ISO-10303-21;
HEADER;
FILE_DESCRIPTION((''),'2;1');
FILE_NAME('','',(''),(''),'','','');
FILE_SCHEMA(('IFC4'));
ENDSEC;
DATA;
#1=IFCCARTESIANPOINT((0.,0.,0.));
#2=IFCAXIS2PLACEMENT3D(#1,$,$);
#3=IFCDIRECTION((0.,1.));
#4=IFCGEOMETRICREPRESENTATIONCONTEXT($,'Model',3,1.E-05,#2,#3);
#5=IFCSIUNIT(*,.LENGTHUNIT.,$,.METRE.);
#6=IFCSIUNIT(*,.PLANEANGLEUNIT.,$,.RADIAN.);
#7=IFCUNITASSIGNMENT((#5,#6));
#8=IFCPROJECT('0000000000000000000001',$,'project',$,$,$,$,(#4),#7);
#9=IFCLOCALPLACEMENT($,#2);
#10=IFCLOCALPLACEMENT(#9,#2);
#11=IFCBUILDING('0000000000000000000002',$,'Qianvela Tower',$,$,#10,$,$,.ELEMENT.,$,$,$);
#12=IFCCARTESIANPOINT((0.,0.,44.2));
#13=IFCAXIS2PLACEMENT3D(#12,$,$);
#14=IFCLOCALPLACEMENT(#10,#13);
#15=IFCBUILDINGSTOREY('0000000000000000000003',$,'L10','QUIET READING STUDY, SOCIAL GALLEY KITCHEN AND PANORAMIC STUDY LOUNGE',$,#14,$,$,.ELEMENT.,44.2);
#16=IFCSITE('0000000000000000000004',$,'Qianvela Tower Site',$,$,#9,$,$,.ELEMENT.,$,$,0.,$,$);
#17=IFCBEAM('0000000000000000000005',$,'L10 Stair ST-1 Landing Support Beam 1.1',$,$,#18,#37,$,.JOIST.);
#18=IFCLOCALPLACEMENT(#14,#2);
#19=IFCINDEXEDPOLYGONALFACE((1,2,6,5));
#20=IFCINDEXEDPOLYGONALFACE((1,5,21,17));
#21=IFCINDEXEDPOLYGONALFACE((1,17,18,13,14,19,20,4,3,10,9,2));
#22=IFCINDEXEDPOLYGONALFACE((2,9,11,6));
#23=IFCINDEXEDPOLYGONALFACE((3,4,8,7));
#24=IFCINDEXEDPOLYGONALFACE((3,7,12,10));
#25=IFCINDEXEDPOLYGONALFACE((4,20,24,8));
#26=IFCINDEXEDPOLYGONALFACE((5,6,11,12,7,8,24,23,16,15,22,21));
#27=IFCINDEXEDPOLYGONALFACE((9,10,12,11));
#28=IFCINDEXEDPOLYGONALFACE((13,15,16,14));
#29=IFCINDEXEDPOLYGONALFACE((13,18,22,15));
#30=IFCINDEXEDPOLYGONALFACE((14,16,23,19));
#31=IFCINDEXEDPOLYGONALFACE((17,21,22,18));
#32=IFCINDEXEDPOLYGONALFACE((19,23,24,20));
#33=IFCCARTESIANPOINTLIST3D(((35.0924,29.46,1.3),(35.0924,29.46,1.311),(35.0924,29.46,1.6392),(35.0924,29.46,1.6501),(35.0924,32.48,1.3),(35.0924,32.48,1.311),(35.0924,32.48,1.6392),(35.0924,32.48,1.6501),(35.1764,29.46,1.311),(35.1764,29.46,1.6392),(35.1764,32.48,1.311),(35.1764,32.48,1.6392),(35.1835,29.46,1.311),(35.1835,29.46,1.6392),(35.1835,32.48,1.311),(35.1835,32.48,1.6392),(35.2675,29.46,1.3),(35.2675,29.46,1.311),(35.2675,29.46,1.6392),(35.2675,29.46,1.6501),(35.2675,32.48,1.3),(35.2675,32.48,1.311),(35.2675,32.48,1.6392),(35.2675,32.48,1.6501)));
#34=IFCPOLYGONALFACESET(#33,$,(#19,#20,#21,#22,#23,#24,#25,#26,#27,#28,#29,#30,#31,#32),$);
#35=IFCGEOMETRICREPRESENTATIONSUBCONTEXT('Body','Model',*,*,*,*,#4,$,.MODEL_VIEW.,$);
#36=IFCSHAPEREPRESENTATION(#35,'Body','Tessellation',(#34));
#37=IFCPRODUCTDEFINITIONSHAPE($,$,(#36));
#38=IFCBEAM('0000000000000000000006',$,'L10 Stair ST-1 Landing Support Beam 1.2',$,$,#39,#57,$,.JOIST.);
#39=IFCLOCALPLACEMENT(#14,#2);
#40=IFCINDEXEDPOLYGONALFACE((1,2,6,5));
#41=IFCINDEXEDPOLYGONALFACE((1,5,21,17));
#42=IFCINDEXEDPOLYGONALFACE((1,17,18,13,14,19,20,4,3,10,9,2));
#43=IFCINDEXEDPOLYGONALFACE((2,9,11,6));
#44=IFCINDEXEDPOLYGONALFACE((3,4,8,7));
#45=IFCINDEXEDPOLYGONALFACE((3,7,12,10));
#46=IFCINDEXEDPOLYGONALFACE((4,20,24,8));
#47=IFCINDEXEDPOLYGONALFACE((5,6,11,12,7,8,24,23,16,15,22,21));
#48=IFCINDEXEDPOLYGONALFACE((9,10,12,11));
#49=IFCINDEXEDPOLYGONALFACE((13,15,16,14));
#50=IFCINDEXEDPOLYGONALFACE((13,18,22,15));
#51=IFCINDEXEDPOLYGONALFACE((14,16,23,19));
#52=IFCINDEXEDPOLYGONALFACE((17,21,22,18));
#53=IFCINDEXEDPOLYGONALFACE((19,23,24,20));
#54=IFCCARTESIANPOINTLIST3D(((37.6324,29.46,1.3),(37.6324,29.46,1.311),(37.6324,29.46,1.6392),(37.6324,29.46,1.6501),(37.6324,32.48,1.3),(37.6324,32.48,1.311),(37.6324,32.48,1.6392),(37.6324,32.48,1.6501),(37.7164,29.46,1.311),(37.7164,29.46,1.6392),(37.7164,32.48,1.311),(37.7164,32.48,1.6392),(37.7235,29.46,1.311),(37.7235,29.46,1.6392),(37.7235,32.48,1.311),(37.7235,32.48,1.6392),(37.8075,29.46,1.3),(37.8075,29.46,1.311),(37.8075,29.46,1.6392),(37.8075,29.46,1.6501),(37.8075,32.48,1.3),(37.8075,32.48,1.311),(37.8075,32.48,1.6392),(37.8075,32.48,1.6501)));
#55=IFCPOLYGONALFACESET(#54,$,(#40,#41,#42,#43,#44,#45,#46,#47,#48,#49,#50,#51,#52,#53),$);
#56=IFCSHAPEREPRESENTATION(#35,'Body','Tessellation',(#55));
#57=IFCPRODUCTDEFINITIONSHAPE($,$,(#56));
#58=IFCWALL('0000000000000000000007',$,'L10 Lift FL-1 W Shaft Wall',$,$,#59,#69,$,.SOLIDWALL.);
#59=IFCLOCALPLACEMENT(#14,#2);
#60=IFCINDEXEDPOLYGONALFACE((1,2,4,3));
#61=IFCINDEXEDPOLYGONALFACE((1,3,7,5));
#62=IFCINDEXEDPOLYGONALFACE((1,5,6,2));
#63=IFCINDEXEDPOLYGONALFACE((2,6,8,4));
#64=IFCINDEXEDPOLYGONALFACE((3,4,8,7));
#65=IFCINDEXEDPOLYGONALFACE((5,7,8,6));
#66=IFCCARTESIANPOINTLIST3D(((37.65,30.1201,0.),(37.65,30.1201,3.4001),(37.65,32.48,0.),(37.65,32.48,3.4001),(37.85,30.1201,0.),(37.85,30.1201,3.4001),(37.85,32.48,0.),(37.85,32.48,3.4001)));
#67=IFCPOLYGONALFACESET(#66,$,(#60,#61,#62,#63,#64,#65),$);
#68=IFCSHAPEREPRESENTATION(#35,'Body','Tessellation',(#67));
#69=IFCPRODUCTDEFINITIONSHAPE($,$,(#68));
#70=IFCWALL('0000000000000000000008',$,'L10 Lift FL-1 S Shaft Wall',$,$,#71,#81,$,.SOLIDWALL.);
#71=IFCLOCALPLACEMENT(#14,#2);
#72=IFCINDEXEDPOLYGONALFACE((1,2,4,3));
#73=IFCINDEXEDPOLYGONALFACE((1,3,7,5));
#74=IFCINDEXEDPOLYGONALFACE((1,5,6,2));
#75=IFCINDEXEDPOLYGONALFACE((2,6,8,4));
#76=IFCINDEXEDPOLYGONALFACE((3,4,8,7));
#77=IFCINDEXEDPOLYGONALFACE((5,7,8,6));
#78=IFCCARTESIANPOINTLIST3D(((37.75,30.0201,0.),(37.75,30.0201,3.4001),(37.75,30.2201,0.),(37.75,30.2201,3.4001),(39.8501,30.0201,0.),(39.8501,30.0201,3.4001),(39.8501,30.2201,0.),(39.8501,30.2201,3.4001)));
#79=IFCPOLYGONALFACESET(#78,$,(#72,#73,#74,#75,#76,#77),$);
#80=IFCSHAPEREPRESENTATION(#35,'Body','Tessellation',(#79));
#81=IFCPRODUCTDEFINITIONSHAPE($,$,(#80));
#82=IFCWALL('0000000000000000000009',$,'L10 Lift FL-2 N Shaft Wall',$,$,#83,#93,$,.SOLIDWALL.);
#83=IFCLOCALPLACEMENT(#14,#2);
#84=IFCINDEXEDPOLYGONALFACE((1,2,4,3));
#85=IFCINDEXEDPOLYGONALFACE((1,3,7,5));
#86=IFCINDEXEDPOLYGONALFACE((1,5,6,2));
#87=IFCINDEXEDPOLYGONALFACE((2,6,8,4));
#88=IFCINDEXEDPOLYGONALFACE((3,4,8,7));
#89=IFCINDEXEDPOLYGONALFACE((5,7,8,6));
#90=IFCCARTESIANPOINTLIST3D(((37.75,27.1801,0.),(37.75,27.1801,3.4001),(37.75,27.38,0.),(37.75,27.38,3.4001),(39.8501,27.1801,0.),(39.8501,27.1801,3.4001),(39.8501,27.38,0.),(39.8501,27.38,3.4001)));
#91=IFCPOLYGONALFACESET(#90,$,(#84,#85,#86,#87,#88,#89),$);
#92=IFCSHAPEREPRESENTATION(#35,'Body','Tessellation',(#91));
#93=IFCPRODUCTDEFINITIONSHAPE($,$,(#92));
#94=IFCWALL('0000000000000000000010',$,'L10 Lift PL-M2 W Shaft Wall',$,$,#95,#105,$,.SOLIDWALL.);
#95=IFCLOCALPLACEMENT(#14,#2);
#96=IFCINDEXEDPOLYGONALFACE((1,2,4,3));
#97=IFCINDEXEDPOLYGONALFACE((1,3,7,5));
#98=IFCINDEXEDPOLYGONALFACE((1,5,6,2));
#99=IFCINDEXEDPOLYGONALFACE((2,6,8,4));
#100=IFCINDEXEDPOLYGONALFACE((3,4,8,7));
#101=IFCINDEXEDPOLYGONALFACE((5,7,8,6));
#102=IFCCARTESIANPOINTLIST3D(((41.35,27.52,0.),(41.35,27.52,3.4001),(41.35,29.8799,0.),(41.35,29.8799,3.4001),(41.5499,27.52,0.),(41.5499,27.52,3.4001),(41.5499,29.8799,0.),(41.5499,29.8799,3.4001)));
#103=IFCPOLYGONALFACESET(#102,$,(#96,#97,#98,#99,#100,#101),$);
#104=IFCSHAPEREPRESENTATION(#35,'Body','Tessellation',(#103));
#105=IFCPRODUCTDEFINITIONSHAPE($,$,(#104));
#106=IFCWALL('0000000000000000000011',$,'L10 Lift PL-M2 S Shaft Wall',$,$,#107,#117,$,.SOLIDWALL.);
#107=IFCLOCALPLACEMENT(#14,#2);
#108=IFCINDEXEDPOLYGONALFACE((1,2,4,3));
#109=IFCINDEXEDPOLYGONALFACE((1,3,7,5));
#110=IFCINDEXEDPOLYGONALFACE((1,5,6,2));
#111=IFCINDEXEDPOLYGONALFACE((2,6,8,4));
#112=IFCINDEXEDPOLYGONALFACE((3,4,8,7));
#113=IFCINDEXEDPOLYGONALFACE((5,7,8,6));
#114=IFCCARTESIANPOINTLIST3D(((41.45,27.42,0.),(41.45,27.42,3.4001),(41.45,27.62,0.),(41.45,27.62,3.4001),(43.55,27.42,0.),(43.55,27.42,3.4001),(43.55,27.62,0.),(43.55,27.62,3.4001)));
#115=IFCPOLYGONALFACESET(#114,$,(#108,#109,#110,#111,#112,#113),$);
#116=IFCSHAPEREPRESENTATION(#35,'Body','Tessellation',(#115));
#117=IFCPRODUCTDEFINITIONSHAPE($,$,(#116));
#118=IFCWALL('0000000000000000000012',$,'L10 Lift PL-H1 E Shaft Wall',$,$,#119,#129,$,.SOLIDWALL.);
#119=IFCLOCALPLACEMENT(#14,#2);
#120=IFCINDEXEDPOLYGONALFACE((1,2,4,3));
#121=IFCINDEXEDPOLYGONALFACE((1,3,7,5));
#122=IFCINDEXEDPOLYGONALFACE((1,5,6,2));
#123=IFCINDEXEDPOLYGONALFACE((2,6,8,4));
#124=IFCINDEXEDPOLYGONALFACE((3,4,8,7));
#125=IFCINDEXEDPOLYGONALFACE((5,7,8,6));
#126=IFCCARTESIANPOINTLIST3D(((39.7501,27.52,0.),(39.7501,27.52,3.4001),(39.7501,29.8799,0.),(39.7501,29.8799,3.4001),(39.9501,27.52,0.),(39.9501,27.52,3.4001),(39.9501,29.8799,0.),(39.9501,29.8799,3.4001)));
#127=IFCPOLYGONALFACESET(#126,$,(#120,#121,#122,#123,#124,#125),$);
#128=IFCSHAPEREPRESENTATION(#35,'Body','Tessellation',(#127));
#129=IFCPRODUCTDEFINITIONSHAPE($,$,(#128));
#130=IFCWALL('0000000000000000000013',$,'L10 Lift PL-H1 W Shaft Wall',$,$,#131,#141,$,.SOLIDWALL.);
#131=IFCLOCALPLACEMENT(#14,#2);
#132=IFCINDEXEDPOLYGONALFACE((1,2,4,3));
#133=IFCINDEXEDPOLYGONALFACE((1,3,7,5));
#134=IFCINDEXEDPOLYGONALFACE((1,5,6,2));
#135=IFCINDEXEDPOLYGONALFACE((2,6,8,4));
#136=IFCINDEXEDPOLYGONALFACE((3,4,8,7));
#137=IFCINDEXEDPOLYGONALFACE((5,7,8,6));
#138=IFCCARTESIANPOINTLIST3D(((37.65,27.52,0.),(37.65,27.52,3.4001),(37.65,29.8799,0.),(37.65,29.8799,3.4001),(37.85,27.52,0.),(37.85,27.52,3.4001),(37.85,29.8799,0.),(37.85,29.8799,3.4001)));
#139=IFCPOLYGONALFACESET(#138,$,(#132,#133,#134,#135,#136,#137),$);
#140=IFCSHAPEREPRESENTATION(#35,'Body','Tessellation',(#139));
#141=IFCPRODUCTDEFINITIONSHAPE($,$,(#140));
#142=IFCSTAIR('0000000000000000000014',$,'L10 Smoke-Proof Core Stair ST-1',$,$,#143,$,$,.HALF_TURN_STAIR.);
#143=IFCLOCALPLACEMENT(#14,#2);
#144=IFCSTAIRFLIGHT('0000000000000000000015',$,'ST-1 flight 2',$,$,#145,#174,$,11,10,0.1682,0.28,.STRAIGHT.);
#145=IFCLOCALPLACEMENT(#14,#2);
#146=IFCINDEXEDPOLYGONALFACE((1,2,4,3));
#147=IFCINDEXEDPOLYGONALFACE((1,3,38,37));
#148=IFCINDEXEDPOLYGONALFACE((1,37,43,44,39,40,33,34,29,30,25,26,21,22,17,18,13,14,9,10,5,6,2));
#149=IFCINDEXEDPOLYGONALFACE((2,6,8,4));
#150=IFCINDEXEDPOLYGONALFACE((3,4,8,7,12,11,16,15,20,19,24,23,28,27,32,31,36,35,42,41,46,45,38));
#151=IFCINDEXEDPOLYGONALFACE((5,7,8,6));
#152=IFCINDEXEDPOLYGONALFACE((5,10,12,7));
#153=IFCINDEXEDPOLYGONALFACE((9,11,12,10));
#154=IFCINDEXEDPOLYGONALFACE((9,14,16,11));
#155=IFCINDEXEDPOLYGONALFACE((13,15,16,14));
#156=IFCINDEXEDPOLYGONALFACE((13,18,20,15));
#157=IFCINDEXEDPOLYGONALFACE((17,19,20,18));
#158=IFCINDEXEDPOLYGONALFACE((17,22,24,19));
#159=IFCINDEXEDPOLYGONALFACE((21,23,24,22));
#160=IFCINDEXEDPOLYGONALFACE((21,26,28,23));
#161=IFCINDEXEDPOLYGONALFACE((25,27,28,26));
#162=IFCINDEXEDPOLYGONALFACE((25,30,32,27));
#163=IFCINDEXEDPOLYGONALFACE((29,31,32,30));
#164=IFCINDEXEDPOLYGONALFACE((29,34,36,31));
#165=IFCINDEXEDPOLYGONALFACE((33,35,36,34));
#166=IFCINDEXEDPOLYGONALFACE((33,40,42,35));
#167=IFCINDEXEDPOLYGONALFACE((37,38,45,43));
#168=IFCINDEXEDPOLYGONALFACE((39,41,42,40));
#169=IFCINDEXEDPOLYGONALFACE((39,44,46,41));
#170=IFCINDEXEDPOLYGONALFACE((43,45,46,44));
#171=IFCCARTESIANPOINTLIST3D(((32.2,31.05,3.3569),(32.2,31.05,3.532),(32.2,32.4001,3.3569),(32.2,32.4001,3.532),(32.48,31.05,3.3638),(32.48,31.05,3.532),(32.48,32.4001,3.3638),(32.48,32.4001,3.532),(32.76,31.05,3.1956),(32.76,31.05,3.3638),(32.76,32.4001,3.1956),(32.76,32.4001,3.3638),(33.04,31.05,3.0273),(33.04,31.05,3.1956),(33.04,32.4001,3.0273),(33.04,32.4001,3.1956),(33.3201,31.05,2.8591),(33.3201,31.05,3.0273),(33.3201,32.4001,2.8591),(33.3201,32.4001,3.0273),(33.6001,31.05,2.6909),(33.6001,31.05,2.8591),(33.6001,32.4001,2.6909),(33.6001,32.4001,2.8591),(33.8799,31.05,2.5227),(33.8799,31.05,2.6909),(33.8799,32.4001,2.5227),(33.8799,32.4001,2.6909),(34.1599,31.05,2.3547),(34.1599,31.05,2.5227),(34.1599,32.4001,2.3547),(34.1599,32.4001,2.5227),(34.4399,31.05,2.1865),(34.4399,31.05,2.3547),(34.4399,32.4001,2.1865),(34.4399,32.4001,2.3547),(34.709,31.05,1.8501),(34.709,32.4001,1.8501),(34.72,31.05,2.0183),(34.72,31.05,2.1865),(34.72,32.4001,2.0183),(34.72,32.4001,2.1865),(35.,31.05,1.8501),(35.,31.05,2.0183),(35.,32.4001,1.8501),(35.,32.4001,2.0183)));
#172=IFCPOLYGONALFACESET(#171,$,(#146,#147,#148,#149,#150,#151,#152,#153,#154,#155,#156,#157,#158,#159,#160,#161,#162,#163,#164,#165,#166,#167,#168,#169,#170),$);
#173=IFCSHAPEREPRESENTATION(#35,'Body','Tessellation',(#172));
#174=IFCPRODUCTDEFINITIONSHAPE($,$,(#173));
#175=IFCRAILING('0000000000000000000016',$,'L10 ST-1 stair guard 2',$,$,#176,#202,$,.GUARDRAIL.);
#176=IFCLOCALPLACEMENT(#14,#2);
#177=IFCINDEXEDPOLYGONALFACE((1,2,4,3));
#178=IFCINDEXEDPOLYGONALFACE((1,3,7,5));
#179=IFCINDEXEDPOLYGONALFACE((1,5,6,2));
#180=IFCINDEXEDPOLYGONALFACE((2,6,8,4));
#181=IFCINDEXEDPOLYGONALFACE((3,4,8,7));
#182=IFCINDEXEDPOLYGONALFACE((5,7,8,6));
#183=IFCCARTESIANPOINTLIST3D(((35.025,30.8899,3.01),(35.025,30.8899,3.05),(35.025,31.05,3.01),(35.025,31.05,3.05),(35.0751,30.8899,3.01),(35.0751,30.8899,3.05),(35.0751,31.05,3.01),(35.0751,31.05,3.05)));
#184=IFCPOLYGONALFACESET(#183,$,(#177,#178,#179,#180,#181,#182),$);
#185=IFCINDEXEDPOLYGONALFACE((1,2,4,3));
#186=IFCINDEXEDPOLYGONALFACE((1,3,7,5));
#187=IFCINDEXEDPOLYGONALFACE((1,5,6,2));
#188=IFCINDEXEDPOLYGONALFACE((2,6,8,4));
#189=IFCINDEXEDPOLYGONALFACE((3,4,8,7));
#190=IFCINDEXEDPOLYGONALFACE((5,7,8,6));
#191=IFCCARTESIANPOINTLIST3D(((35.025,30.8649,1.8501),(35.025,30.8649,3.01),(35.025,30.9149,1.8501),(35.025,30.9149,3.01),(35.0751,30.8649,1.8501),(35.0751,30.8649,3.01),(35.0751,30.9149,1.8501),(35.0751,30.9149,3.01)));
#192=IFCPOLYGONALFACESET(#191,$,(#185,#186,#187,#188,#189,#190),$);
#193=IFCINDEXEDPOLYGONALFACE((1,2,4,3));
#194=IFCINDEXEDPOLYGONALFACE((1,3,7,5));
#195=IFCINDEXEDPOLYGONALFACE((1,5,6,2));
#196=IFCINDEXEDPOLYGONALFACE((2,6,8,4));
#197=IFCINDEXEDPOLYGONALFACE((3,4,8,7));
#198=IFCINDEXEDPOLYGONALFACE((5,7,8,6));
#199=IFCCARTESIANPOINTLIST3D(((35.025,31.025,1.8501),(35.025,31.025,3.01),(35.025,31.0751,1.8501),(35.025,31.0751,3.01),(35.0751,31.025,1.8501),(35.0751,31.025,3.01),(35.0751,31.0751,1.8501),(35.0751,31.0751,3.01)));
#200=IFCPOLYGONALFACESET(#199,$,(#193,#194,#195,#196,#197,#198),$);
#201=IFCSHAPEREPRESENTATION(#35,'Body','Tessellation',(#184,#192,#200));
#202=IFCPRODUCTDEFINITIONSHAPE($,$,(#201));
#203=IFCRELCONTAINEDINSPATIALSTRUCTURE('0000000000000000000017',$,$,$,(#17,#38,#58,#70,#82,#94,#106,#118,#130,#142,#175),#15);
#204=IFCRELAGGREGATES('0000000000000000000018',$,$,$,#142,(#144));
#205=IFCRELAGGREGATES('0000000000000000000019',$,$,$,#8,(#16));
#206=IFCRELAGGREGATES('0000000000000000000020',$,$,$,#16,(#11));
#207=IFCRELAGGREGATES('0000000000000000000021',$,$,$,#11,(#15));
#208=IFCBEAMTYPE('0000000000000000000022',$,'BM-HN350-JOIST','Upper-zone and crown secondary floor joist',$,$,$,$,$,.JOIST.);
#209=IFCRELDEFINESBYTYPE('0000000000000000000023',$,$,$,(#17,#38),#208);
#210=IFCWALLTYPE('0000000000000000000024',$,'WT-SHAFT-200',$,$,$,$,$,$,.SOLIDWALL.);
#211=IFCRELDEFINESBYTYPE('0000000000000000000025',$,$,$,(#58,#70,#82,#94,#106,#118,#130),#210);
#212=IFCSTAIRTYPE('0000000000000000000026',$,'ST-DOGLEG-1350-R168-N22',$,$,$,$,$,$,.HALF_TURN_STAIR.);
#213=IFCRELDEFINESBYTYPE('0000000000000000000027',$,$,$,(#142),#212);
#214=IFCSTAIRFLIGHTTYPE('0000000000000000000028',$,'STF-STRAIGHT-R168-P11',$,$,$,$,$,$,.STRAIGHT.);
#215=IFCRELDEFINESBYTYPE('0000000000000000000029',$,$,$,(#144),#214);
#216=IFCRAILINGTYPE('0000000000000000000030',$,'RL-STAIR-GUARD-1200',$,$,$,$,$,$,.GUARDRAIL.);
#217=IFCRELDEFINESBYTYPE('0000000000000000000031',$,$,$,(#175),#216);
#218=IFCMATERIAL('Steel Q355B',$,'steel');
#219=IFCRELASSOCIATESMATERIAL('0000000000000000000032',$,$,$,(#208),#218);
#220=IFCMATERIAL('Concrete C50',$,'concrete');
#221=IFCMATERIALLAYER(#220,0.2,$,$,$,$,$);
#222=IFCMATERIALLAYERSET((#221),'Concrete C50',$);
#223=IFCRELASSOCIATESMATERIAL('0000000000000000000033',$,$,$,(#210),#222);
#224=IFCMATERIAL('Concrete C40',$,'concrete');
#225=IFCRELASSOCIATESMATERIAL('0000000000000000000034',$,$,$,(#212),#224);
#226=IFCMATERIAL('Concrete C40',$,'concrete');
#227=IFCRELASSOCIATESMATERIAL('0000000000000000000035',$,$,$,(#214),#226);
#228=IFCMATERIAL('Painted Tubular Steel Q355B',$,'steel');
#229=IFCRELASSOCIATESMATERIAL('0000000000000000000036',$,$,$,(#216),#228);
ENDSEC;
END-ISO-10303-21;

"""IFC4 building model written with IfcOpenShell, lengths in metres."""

from ifc_helpers import new_model, si_unit, direction, frame, frame_2d, origin, origin_2d, place, context, subcontext, project, spatial, polyline, rectangle, i_section, outline, extrude, material, layer, layer_set, material_profile, profile_set, type_object, element, aggregate, save


model = new_model("IFC4")

# Units and contexts
model_context = context("Model", 3, precision=1e-05, world=origin(), true_north=direction((0.0, 1.0)))
body_context = subcontext(model_context, "Body", "Model", "MODEL_VIEW")
ifc_project = project(units=[si_unit("LENGTHUNIT", "METRE"), si_unit("PLANEANGLEUNIT", "RADIAN")], contexts=[model_context])

# Site, building, storey
site_placement = place(None, origin())
site = spatial("IfcSite", under=ifc_project, at=site_placement, Name="Qianvela Tower Site", CompositionType="ELEMENT", RefElevation=0.0)
building_placement = place(site_placement, origin())
building = spatial("IfcBuilding", under=site, at=building_placement, Name="Qianvela Tower", CompositionType="ELEMENT")
storey_placement = place(building_placement, frame((0.0, 0.0, 44.2)))
storey = spatial("IfcBuildingStorey", under=building, at=storey_placement, Name="L10", Description="QUIET READING STUDY, SOCIAL GALLEY KITCHEN AND PANORAMIC STUDY LOUNGE", CompositionType="ELEMENT", Elevation=44.2)

# Beams
ifc_material_1 = material(Name="Steel Q355B", Category="steel")
ifc_material_profile = material_profile(ifc_material_1, i_section(OverallWidth=0.175, OverallDepth=0.3501, WebThickness=0.0071, FlangeThickness=0.011, at=origin_2d()), Name="HN350x175x7x11")
ifc_profile_set = profile_set([ifc_material_profile], Name="Steel Q355B")
beam_type = type_object("IfcBeamType", Name="BM-HN350-JOIST", Description="Upper-zone and crown secondary floor joist", PredefinedType="JOIST", material=ifc_profile_set)
for number, where, z_axis, x_axis, name in (
    (1, (35.1799, 29.46, 1.4751), (0.0, 1.0, 0.0), (-1.0, 0.0, 0.0), "L10 Stair ST-1 Landing Support Beam 1.1"),
    (2, (37.72, 29.46, 1.4751), (0.0, 1.0, 0.0), (-1.0, 0.0, 0.0), "L10 Stair ST-1 Landing Support Beam 1.2"),
):
    element("IfcBeam", number, at=place(storey_placement, frame(where, z_axis=z_axis, x_axis=x_axis)), inside=storey, type_object=beam_type, Name=name, PredefinedType="JOIST", context=body_context, shape_type="SweptSolid", body=[
        extrude(i_section(OverallWidth=0.175, OverallDepth=0.3501, WebThickness=0.0071, FlangeThickness=0.011, at=origin_2d()), origin(), (0.0, 0.0, 1.0), 3.02),
    ])

# Shared definitions
ifc_material_2 = material(Name="Concrete C50", Category="concrete")
ifc_layer = layer(ifc_material_2, 0.2)
ifc_layer_set = layer_set([ifc_layer], Name="Concrete C50")
wall_type = type_object("IfcWallType", Name="WT-SHAFT-200", PredefinedType="SOLIDWALL", material=ifc_layer_set)

# Walls
wall_1_placement = place(storey_placement, frame((37.75, 30.1201, 0.0), z_axis=(0.0, 0.0, 1.0), x_axis=(0.0, 1.0, 0.0)))
element("IfcWall", 3, at=wall_1_placement, inside=storey, type_object=wall_type, Name="L10 Lift FL-1 W Shaft Wall", PredefinedType="SOLIDWALL", context=body_context, shape_type="SweptSolid", body=[
    extrude(rectangle(XDim=2.3599, YDim=0.2, at=frame_2d((1.1799, 0.0))), origin(), (0.0, 0.0, 1.0), 3.4001),
])
for number, where, z_axis, x_axis, name in (
    (4, (37.75, 30.1201, 0.0), (0.0, 0.0, 1.0), (1.0, 0.0, 0.0), "L10 Lift FL-1 S Shaft Wall"),
    (5, (37.75, 27.28, 0.0), (0.0, 0.0, 1.0), (1.0, 0.0, 0.0), "L10 Lift FL-2 N Shaft Wall"),
):
    element("IfcWall", number, at=place(storey_placement, frame(where, z_axis=z_axis, x_axis=x_axis)), inside=storey, type_object=wall_type, Name=name, PredefinedType="SOLIDWALL", context=body_context, shape_type="SweptSolid", body=[
        extrude(rectangle(XDim=2.1001, YDim=0.2, at=frame_2d((1.05, 0.0))), origin(), (0.0, 0.0, 1.0), 3.4001),
    ])
wall_2_placement = place(storey_placement, frame((41.45, 27.52, 0.0), z_axis=(0.0, 0.0, 1.0), x_axis=(0.0, 1.0, 0.0)))
element("IfcWall", 6, at=wall_2_placement, inside=storey, type_object=wall_type, Name="L10 Lift PL-M2 W Shaft Wall", PredefinedType="SOLIDWALL", context=body_context, shape_type="SweptSolid", body=[
    extrude(rectangle(XDim=2.3599, YDim=0.2, at=frame_2d((1.1799, 0.0))), origin(), (0.0, 0.0, 1.0), 3.4001),
])
wall_3_placement = place(storey_placement, frame((41.45, 27.52, 0.0), z_axis=(0.0, 0.0, 1.0), x_axis=(1.0, 0.0, 0.0)))
element("IfcWall", 7, at=wall_3_placement, inside=storey, type_object=wall_type, Name="L10 Lift PL-M2 S Shaft Wall", PredefinedType="SOLIDWALL", context=body_context, shape_type="SweptSolid", body=[
    extrude(rectangle(XDim=2.1001, YDim=0.2, at=frame_2d((1.05, 0.0))), origin(), (0.0, 0.0, 1.0), 3.4001),
])
for number, where, z_axis, x_axis, name in (
    (8, (39.8501, 27.52, 0.0), (0.0, 0.0, 1.0), (0.0, 1.0, 0.0), "L10 Lift PL-H1 E Shaft Wall"),
    (9, (37.75, 27.52, 0.0), (0.0, 0.0, 1.0), (0.0, 1.0, 0.0), "L10 Lift PL-H1 W Shaft Wall"),
):
    element("IfcWall", number, at=place(storey_placement, frame(where, z_axis=z_axis, x_axis=x_axis)), inside=storey, type_object=wall_type, Name=name, PredefinedType="SOLIDWALL", context=body_context, shape_type="SweptSolid", body=[
        extrude(rectangle(XDim=2.3599, YDim=0.2, at=frame_2d((1.1799, 0.0))), origin(), (0.0, 0.0, 1.0), 3.4001),
    ])

# Stair, stair flight
ifc_material_3 = material(Name="Concrete C40", Category="concrete")
stair_type = type_object("IfcStairType", Name="ST-DOGLEG-1350-R168-N22", PredefinedType="HALF_TURN_STAIR", material=ifc_material_3)
stair_placement = place(storey_placement, origin())
stair = element("IfcStair", 10, at=stair_placement, inside=storey, type_object=stair_type, Name="L10 Smoke-Proof Core Stair ST-1", PredefinedType="HALF_TURN_STAIR")
ifc_material_4 = material(Name="Concrete C40", Category="concrete")
stair_flight_type = type_object("IfcStairFlightType", Name="STF-STRAIGHT-R168-P11", PredefinedType="STRAIGHT", material=ifc_material_4)
stair_flight_placement = place(storey_placement, frame((35.0, 31.7251, 1.8501), z_axis=(0.0, 0.0, 1.0), x_axis=(-1.0, 0.0, 0.0)))
stair_flight = element("IfcStairFlight", 11, at=stair_flight_placement, type_object=stair_flight_type, Name="ST-1 flight 2", NumberOfRisers=11, NumberOfTreads=10, PredefinedType="STRAIGHT", RiserHeight=0.1682, TreadLength=0.28, context=body_context, shape_type="SweptSolid", body=[
    extrude(outline(polyline([(0.0, 0.0), (0.0, 0.1682), (0.28, 0.1682), (0.28, 0.3364), (0.5601, 0.3364), (0.5601, 0.5046), (0.8401, 0.5046), (0.8401, 0.6726), (1.1201, 0.6726), (1.1201, 0.8408), (1.3999, 0.8408), (1.3999, 1.009), (1.6799, 1.009), (1.6799, 1.1772), (1.96, 1.1772), (1.96, 1.3455), (2.24, 1.3455), (2.24, 1.5137), (2.52, 1.5137), (2.52, 1.6819), (2.8, 1.6819), (2.8, 1.8501), (2.8, 1.5068), (0.291, 0.0), (0.0, 0.0)])), frame((0.0, 0.675, 0.0), z_axis=(0.0, -1.0, 0.0), x_axis=(1.0, 0.0, 0.0)), (0.0, 0.0, 1.0), 1.3501),
])
aggregate(stair, [stair_flight])

# Railing
ifc_material_5 = material(Name="Painted Tubular Steel Q355B", Category="steel")
railing_type_1 = type_object("IfcRailingType", Name="RL-STAIR-GUARD-1200", PredefinedType="GUARDRAIL", material=ifc_material_5)
railing_1_placement = place(storey_placement, frame((35.05, 30.8899, 1.8501)))
element("IfcRailing", 12, at=railing_1_placement, inside=storey, type_object=railing_type_1, Name="L10 ST-1 stair guard 2", PredefinedType="GUARDRAIL", context=body_context, shape_type="SweptSolid", body=[
    extrude(rectangle(XDim=0.05, YDim=0.04, at=origin_2d()), frame((0.0, 0.0, 1.1799), z_axis=(0.0, 1.0, 0.0), x_axis=(-1.0, 0.0, 0.0)), (0.0, 0.0, 1.0), 0.1602),
    extrude(rectangle(XDim=0.05, YDim=0.05, at=origin_2d()), origin(), (0.0, 0.0, 1.0), 1.1599),
    extrude(rectangle(XDim=0.05, YDim=0.05, at=origin_2d()), frame((0.0, 0.1602, 0.0)), (0.0, 0.0, 1.0), 1.1599),
])

save(model, "model.ifc")
